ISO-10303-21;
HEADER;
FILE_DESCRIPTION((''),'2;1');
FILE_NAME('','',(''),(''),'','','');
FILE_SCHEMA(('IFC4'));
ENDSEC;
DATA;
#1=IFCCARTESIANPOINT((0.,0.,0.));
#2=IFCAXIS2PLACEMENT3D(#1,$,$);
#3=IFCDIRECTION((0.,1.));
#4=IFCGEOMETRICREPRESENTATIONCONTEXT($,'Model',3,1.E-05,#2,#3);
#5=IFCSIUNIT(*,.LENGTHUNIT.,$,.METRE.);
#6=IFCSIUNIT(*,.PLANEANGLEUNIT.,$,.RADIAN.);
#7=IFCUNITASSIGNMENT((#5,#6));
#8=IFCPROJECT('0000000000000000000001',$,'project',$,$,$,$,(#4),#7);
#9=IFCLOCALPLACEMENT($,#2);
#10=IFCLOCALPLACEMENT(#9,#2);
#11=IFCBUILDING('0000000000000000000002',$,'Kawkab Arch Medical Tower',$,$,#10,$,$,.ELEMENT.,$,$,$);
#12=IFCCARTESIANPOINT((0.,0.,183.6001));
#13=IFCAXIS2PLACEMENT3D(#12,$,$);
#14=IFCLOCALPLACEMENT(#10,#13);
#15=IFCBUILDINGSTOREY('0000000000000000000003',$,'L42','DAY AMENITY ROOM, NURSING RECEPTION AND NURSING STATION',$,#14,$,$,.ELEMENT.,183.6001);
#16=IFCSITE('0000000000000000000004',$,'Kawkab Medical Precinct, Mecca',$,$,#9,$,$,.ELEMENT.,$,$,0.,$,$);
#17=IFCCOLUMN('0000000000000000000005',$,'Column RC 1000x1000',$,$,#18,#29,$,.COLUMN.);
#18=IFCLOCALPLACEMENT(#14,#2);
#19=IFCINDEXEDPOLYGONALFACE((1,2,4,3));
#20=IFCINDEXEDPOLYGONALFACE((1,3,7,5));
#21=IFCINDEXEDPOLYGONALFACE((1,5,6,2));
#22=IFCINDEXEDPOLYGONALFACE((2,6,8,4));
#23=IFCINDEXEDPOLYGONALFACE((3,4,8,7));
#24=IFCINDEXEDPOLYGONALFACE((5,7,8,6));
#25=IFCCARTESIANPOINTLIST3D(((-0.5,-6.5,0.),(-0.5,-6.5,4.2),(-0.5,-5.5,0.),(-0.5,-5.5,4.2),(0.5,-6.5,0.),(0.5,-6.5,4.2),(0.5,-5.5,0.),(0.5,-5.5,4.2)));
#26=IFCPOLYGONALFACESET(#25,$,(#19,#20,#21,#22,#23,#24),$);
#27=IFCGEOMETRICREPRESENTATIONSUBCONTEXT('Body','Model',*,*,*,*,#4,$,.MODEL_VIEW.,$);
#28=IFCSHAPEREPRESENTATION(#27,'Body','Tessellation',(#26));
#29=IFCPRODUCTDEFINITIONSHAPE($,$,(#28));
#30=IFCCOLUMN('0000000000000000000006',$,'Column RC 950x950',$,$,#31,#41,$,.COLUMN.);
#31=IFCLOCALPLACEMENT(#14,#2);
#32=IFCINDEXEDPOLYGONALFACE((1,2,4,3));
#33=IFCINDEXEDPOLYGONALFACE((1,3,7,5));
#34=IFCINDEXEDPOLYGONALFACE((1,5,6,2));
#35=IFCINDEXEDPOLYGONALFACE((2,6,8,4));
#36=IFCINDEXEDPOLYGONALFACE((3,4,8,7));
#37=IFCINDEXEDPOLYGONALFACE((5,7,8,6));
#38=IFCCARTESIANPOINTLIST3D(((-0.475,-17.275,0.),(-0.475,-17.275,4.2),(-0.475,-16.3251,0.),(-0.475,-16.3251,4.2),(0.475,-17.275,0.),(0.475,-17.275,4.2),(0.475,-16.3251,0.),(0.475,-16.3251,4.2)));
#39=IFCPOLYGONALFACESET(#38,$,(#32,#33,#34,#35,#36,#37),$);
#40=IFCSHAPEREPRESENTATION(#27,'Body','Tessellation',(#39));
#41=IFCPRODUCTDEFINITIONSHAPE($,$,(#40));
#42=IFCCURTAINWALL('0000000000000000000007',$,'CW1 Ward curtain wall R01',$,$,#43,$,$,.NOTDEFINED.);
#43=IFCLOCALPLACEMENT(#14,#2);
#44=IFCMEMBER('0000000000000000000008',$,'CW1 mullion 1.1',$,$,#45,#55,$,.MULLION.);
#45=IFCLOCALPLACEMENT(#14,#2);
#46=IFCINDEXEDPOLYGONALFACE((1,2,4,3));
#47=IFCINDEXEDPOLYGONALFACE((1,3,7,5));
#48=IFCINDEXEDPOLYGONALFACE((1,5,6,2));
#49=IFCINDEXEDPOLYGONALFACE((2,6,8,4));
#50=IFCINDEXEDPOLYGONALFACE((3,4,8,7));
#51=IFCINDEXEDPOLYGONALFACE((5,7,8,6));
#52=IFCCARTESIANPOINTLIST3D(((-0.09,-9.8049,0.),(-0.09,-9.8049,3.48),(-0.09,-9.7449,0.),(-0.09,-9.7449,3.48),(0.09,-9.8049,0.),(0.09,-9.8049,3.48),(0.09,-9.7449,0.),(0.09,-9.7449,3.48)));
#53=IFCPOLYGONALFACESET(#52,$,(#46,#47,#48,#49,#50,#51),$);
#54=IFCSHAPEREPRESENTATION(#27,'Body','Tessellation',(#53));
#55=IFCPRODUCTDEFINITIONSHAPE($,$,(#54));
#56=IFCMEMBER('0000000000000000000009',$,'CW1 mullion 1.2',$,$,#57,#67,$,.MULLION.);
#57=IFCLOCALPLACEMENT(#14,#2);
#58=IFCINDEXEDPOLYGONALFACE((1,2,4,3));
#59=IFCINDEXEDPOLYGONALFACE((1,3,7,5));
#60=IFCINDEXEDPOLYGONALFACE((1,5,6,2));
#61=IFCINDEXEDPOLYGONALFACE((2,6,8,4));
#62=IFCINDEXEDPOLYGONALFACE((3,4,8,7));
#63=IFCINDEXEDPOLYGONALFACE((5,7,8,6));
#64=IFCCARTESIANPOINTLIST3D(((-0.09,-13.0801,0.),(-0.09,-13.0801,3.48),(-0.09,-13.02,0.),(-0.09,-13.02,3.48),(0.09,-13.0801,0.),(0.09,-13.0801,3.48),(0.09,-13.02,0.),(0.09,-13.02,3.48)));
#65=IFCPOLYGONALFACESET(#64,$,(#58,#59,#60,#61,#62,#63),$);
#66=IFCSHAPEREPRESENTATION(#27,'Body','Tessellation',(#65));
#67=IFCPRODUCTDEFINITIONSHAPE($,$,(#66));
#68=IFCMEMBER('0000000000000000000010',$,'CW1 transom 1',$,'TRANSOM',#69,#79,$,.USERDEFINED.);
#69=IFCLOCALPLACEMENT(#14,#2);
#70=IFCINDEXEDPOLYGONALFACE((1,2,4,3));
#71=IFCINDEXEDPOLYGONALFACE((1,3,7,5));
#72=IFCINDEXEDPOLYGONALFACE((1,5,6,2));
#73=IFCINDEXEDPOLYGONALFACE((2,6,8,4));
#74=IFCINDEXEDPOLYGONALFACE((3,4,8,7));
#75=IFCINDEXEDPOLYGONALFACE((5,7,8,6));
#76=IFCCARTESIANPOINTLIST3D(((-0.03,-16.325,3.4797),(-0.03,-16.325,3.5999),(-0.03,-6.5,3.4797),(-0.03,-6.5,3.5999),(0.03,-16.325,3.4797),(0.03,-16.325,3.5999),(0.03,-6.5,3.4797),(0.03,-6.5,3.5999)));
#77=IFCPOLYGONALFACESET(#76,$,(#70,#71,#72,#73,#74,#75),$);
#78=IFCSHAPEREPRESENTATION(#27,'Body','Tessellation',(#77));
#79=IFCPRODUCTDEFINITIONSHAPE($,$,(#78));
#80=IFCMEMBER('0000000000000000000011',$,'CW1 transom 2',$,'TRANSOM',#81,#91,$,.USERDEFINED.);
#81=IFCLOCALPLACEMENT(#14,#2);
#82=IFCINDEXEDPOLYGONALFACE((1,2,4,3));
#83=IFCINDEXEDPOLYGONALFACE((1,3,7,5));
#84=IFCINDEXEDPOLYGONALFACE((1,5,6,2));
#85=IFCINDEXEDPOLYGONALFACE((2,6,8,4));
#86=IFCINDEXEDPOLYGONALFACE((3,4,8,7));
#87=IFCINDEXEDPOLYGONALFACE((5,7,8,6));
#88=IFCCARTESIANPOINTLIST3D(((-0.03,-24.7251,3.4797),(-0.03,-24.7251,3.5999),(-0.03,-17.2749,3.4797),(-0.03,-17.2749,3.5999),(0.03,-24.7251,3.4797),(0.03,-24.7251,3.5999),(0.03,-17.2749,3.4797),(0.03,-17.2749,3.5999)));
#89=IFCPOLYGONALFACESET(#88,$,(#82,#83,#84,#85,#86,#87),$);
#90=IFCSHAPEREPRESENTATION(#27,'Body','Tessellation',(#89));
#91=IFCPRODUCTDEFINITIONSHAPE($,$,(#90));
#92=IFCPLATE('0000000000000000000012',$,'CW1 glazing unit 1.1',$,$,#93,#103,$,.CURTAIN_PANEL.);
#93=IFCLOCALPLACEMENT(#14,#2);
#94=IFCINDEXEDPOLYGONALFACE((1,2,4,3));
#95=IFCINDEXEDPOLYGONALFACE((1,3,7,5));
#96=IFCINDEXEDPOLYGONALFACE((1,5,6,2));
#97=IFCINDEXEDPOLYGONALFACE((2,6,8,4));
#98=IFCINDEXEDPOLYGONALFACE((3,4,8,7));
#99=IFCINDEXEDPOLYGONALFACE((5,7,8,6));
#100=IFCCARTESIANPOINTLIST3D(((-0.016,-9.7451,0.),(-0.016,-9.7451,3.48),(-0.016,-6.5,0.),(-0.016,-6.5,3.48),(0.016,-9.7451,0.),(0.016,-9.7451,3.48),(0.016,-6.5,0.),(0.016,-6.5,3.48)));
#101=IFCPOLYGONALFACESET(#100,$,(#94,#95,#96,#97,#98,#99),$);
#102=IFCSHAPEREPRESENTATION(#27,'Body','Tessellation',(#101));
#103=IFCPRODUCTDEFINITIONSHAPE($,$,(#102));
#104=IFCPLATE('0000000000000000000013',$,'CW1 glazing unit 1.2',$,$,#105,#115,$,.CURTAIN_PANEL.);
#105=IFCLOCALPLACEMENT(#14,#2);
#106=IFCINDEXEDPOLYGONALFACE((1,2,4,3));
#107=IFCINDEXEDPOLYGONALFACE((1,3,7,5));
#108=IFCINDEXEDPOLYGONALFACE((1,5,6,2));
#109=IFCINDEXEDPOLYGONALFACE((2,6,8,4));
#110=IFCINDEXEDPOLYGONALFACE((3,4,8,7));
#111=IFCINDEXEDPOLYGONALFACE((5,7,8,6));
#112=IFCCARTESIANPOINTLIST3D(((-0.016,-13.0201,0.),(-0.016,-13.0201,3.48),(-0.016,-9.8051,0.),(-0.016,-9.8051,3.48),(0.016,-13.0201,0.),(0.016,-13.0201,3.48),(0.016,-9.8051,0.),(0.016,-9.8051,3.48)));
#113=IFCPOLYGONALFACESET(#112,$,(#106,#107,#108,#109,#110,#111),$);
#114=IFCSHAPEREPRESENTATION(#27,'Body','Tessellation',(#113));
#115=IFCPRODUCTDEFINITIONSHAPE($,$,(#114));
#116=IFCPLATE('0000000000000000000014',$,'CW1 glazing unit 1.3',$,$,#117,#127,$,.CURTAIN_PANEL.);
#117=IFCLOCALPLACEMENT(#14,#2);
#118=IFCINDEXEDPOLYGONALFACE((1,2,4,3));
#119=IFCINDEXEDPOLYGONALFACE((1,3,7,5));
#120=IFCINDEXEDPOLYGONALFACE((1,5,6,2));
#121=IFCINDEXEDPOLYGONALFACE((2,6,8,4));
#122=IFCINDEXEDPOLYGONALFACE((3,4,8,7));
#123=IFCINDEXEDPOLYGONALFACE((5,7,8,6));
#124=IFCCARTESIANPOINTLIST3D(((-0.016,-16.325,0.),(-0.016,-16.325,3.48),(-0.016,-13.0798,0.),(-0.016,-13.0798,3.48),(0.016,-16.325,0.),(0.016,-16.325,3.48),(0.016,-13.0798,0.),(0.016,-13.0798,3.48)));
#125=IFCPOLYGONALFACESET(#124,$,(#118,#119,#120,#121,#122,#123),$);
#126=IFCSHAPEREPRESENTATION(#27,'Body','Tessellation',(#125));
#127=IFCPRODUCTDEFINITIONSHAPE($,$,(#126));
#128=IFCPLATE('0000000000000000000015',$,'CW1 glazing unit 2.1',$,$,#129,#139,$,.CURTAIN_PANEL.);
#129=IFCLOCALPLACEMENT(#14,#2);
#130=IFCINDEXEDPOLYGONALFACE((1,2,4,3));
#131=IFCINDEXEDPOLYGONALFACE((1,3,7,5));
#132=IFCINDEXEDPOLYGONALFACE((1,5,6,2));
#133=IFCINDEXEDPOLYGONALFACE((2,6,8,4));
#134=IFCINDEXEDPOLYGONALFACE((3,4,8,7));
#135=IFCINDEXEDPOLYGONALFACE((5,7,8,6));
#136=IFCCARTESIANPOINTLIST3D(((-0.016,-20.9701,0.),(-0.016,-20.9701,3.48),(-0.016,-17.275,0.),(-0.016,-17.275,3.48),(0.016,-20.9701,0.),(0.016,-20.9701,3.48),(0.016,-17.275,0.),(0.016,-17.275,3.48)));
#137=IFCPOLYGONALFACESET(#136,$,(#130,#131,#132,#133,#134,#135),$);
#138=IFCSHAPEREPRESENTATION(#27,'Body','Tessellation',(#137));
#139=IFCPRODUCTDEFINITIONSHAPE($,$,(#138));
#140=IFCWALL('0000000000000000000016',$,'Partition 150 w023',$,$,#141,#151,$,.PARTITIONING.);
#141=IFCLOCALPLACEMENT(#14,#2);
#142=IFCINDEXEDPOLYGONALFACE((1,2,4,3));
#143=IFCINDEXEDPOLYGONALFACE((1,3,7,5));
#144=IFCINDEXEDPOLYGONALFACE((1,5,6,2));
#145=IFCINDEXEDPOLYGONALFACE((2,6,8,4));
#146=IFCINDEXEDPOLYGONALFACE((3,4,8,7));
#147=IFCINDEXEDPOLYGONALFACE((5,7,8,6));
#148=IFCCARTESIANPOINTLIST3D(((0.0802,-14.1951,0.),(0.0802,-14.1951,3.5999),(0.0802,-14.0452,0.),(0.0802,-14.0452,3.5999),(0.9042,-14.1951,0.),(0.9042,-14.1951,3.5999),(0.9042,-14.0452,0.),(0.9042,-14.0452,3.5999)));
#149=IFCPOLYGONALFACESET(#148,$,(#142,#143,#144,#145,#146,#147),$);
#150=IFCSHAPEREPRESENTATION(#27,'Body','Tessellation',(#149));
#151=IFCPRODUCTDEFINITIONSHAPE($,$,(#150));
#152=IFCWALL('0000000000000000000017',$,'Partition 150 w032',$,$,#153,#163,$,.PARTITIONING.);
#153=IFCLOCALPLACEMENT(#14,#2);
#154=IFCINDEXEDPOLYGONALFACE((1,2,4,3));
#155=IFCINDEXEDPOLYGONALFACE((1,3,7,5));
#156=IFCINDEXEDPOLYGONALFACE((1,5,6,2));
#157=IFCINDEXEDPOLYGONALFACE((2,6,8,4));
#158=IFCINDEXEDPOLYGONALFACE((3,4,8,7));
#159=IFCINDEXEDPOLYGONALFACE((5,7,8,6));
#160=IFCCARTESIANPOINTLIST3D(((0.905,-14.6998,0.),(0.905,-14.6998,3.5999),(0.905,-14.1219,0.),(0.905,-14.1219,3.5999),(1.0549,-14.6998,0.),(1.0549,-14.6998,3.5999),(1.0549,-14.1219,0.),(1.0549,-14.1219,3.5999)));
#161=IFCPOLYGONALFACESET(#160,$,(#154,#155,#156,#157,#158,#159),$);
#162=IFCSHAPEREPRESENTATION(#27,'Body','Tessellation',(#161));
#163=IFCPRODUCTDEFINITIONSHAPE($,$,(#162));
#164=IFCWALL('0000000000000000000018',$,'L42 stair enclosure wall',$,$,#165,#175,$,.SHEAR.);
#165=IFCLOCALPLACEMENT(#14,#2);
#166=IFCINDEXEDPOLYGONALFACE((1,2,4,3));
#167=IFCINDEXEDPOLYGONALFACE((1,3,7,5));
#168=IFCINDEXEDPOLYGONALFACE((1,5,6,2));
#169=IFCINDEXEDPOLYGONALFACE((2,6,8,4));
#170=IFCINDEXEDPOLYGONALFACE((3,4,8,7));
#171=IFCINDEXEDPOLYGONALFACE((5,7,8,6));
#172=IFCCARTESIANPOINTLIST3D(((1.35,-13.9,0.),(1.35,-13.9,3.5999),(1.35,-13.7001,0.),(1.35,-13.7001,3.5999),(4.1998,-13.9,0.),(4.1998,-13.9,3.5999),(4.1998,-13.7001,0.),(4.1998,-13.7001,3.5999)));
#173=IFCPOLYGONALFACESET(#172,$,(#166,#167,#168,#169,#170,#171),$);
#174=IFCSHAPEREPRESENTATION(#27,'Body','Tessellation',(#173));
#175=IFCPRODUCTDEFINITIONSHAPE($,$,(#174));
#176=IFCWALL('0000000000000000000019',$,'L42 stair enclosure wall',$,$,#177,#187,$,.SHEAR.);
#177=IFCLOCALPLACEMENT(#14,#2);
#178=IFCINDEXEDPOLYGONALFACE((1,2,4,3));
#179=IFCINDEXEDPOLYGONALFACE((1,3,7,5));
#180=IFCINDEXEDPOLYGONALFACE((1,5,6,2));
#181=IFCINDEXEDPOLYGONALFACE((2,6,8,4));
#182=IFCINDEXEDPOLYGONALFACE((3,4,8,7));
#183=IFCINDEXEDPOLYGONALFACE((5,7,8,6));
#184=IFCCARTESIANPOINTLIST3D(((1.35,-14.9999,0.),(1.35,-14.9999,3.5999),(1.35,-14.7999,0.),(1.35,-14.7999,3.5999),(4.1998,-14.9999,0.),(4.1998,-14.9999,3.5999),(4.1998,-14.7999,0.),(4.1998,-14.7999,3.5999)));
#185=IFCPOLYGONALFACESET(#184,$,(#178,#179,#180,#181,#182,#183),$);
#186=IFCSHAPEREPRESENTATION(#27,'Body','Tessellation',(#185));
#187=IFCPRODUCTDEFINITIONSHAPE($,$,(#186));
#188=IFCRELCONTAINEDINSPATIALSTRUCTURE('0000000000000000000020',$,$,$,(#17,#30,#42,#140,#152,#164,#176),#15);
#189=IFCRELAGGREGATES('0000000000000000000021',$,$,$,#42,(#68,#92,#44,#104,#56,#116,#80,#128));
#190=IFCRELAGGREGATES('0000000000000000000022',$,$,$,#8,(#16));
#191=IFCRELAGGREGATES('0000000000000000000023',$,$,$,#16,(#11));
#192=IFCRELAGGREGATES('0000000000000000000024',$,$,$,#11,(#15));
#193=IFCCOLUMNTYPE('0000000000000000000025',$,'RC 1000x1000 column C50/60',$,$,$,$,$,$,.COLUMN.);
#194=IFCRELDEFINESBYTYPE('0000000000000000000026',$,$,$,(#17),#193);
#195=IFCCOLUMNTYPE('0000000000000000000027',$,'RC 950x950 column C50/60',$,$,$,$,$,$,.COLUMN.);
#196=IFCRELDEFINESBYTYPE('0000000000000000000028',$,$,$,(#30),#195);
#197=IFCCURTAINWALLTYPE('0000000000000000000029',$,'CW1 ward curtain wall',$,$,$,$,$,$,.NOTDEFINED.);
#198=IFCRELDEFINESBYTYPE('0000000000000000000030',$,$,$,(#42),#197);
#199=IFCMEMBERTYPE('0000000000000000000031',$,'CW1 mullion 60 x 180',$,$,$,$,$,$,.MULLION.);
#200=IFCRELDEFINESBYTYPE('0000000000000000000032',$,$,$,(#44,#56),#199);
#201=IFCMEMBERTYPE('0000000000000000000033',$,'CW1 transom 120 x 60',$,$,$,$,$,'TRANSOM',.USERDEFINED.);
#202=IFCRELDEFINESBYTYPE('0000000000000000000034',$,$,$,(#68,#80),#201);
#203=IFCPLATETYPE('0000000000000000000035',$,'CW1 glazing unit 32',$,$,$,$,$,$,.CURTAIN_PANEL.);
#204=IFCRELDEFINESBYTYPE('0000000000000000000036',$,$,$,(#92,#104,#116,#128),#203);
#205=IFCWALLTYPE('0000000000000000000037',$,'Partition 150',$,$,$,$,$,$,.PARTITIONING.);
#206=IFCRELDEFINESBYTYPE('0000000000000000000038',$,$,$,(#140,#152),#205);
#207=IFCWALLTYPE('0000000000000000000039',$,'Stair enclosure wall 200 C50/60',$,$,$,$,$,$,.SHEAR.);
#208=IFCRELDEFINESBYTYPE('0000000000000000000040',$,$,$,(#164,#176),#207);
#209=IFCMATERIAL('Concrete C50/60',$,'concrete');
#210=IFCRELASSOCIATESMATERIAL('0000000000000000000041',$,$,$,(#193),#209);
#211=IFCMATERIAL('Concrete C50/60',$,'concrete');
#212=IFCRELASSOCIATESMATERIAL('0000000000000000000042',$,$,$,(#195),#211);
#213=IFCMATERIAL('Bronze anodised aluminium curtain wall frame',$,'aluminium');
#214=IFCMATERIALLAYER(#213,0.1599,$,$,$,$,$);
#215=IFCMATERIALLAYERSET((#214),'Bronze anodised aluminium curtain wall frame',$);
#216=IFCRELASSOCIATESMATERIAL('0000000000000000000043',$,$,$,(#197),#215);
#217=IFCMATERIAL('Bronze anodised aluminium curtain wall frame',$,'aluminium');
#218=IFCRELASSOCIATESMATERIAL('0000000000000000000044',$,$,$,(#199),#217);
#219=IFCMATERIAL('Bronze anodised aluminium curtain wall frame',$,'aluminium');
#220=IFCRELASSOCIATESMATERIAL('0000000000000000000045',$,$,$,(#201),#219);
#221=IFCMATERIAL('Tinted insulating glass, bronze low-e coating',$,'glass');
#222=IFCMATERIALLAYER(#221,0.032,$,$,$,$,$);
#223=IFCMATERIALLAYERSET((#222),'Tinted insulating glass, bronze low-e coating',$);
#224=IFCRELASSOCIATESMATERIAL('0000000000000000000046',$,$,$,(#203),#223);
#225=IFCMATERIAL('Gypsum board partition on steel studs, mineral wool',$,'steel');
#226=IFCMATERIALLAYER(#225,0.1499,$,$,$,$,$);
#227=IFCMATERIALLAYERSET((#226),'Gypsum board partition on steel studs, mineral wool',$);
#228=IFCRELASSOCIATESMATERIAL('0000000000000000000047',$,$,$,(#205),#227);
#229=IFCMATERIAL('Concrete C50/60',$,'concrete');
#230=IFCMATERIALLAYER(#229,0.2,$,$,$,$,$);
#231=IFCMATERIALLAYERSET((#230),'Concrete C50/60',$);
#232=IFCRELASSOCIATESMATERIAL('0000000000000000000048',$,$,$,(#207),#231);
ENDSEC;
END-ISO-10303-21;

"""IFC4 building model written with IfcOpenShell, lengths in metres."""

from ifc_helpers import new_model, si_unit, direction, frame, frame_2d, origin, origin_2d, place, context, subcontext, project, spatial, rectangle, extrude, material, layer, layer_set, material_profile, profile_set, type_object, element, aggregate, save


model = new_model("IFC4")

# Units and contexts
model_context = context("Model", 3, precision=1e-05, world=origin(), true_north=direction((0.0, 1.0)))
body_context = subcontext(model_context, "Body", "Model", "MODEL_VIEW")
ifc_project = project(units=[si_unit("LENGTHUNIT", "METRE"), si_unit("PLANEANGLEUNIT", "RADIAN")], contexts=[model_context])

# Site, building, storey
site_placement = place(None, origin())
site = spatial("IfcSite", under=ifc_project, at=site_placement, Name="Kawkab Medical Precinct, Mecca", CompositionType="ELEMENT", RefElevation=0.0)
building_placement = place(site_placement, origin())
building = spatial("IfcBuilding", under=site, at=building_placement, Name="Kawkab Arch Medical Tower", CompositionType="ELEMENT")
storey_placement = place(building_placement, frame((0.0, 0.0, 183.6001)))
storey = spatial("IfcBuildingStorey", under=building, at=storey_placement, Name="L42", Description="DAY AMENITY ROOM, NURSING RECEPTION AND NURSING STATION", CompositionType="ELEMENT", Elevation=183.6001)

# Columns
ifc_material_1 = material(Name="Concrete C50/60", Category="concrete")
ifc_material_profile_1 = material_profile(ifc_material_1, rectangle(XDim=1.0, YDim=1.0, at=origin_2d()), Name="RC 1000x1000")
ifc_profile_set_1 = profile_set([ifc_material_profile_1], Name="Concrete C50/60")
column_type_1 = type_object("IfcColumnType", Name="RC 1000x1000 column C50/60", PredefinedType="COLUMN", material=ifc_profile_set_1)
column_1_placement = place(storey_placement, frame((0.0, -6.0, 0.0), z_axis=(0.0, 0.0, 1.0), x_axis=(1.0, 0.0, 0.0)))
element("IfcColumn", 1, at=column_1_placement, inside=storey, type_object=column_type_1, Name="Column RC 1000x1000", PredefinedType="COLUMN", context=body_context, shape_type="SweptSolid", body=[
    extrude(rectangle(XDim=1.0, YDim=1.0, at=origin_2d()), origin(), (0.0, 0.0, 1.0), 4.2),
])
ifc_material_2 = material(Name="Concrete C50/60", Category="concrete")
ifc_material_profile_2 = material_profile(ifc_material_2, rectangle(XDim=0.95, YDim=0.95, at=origin_2d()), Name="RC 950x950")
ifc_profile_set_2 = profile_set([ifc_material_profile_2], Name="Concrete C50/60")
column_type_2 = type_object("IfcColumnType", Name="RC 950x950 column C50/60", PredefinedType="COLUMN", material=ifc_profile_set_2)
column_2_placement = place(storey_placement, frame((0.0, -16.8, 0.0), z_axis=(0.0, 0.0, 1.0), x_axis=(1.0, 0.0, 0.0)))
element("IfcColumn", 2, at=column_2_placement, inside=storey, type_object=column_type_2, Name="Column RC 950x950", PredefinedType="COLUMN", context=body_context, shape_type="SweptSolid", body=[
    extrude(rectangle(XDim=0.95, YDim=0.95, at=origin_2d()), origin(), (0.0, 0.0, 1.0), 4.2),
])

# Curtain wall, members, plates
ifc_material_3 = material(Name="Bronze anodised aluminium curtain wall frame", Category="aluminium")
ifc_layer_1 = layer(ifc_material_3, 0.1599)
ifc_layer_set_1 = layer_set([ifc_layer_1], Name="Bronze anodised aluminium curtain wall frame")
curtain_wall_type = type_object("IfcCurtainWallType", Name="CW1 ward curtain wall", PredefinedType="NOTDEFINED", material=ifc_layer_set_1)
placement = place(storey_placement, origin())
curtain_wall = element("IfcCurtainWall", 3, at=placement, inside=storey, type_object=curtain_wall_type, Name="CW1 Ward curtain wall R01", PredefinedType="NOTDEFINED")
ifc_material_4 = material(Name="Bronze anodised aluminium curtain wall frame", Category="aluminium")
ifc_material_profile_3 = material_profile(ifc_material_4, rectangle(XDim=0.1799, YDim=0.0601, at=origin_2d()), Name="AL 60x180")
ifc_profile_set_3 = profile_set([ifc_material_profile_3], Name="Bronze anodised aluminium curtain wall frame")
member_type_1 = type_object("IfcMemberType", Name="CW1 mullion 60 x 180", PredefinedType="MULLION", material=ifc_profile_set_3)
member_1_placement = place(storey_placement, frame((0.0, -9.7749, 0.0), z_axis=(0.0, 0.0, 1.0), x_axis=(1.0, 0.0, 0.0)))
member_1 = element("IfcMember", 4, at=member_1_placement, type_object=member_type_1, Name="CW1 mullion 1.1", PredefinedType="MULLION", context=body_context, shape_type="SweptSolid", body=[
    extrude(rectangle(XDim=0.1799, YDim=0.0601, at=origin_2d()), origin(), (0.0, 0.0, 1.0), 3.48),
])
member_2_placement = place(storey_placement, frame((0.0, -13.05, 0.0), z_axis=(0.0, 0.0, 1.0), x_axis=(1.0, 0.0, 0.0)))
member_2 = element("IfcMember", 5, at=member_2_placement, type_object=member_type_1, Name="CW1 mullion 1.2", PredefinedType="MULLION", context=body_context, shape_type="SweptSolid", body=[
    extrude(rectangle(XDim=0.1799, YDim=0.0601, at=origin_2d()), origin(), (0.0, 0.0, 1.0), 3.48),
])
ifc_material_5 = material(Name="Bronze anodised aluminium curtain wall frame", Category="aluminium")
ifc_material_profile_4 = material_profile(ifc_material_5, rectangle(XDim=0.0601, YDim=0.1201, at=origin_2d()), Name="AL 60x120")
ifc_profile_set_4 = profile_set([ifc_material_profile_4], Name="Bronze anodised aluminium curtain wall frame")
member_type_2 = type_object("IfcMemberType", Name="CW1 transom 120 x 60", ElementType="TRANSOM", PredefinedType="USERDEFINED", material=ifc_profile_set_4)
member_3_placement = place(storey_placement, frame((0.0, -6.5, 3.5398), z_axis=(0.0, -1.0, 0.0), x_axis=(1.0, 0.0, 0.0)))
member_3 = element("IfcMember", 6, at=member_3_placement, type_object=member_type_2, Name="CW1 transom 1", ObjectType="TRANSOM", PredefinedType="USERDEFINED", context=body_context, shape_type="SweptSolid", body=[
    extrude(rectangle(XDim=0.0601, YDim=0.1201, at=origin_2d()), origin(), (0.0, 0.0, 1.0), 9.825),
])
member_4_placement = place(storey_placement, frame((0.0, -17.2749, 3.5398), z_axis=(0.0, -1.0, 0.0), x_axis=(1.0, 0.0, 0.0)))
member_4 = element("IfcMember", 7, at=member_4_placement, type_object=member_type_2, Name="CW1 transom 2", ObjectType="TRANSOM", PredefinedType="USERDEFINED", context=body_context, shape_type="SweptSolid", body=[
    extrude(rectangle(XDim=0.0601, YDim=0.1201, at=origin_2d()), origin(), (0.0, 0.0, 1.0), 7.4502),
])
ifc_material_6 = material(Name="Tinted insulating glass, bronze low-e coating", Category="glass")
ifc_layer_2 = layer(ifc_material_6, 0.032)
ifc_layer_set_2 = layer_set([ifc_layer_2], Name="Tinted insulating glass, bronze low-e coating")
plate_type = type_object("IfcPlateType", Name="CW1 glazing unit 32", PredefinedType="CURTAIN_PANEL", material=ifc_layer_set_2)
plate_1_placement = place(storey_placement, frame((0.0, -8.1226, 0.0), z_axis=(0.0, 0.0, 1.0), x_axis=(0.0, -1.0, 0.0)))
plate_1 = element("IfcPlate", 8, at=plate_1_placement, type_object=plate_type, Name="CW1 glazing unit 1.1", PredefinedType="CURTAIN_PANEL", context=body_context, shape_type="SweptSolid", body=[
    extrude(rectangle(XDim=3.2451, YDim=0.032, at=origin_2d()), origin(), (0.0, 0.0, 1.0), 3.48),
])
plate_2_placement = place(storey_placement, frame((0.0, -11.4126, 0.0), z_axis=(0.0, 0.0, 1.0), x_axis=(0.0, -1.0, 0.0)))
plate_2 = element("IfcPlate", 9, at=plate_2_placement, type_object=plate_type, Name="CW1 glazing unit 1.2", PredefinedType="CURTAIN_PANEL", context=body_context, shape_type="SweptSolid", body=[
    extrude(rectangle(XDim=3.2151, YDim=0.032, at=origin_2d()), origin(), (0.0, 0.0, 1.0), 3.48),
])
plate_3_placement = place(storey_placement, frame((0.0, -14.7024, 0.0), z_axis=(0.0, 0.0, 1.0), x_axis=(0.0, -1.0, 0.0)))
plate_3 = element("IfcPlate", 10, at=plate_3_placement, type_object=plate_type, Name="CW1 glazing unit 1.3", PredefinedType="CURTAIN_PANEL", context=body_context, shape_type="SweptSolid", body=[
    extrude(rectangle(XDim=3.2451, YDim=0.032, at=origin_2d()), origin(), (0.0, 0.0, 1.0), 3.48),
])
plate_4_placement = place(storey_placement, frame((0.0, -19.1226, 0.0), z_axis=(0.0, 0.0, 1.0), x_axis=(0.0, -1.0, 0.0)))
plate_4 = element("IfcPlate", 11, at=plate_4_placement, type_object=plate_type, Name="CW1 glazing unit 2.1", PredefinedType="CURTAIN_PANEL", context=body_context, shape_type="SweptSolid", body=[
    extrude(rectangle(XDim=3.6951, YDim=0.032, at=origin_2d()), origin(), (0.0, 0.0, 1.0), 3.48),
])
aggregate(curtain_wall, [member_3, plate_1, member_1, plate_2, member_2, plate_3, member_4, plate_4])

# Walls
ifc_material_7 = material(Name="Gypsum board partition on steel studs, mineral wool", Category="steel")
ifc_layer_3 = layer(ifc_material_7, 0.1499)
ifc_layer_set_3 = layer_set([ifc_layer_3], Name="Gypsum board partition on steel studs, mineral wool")
wall_type_1 = type_object("IfcWallType", Name="Partition 150", PredefinedType="PARTITIONING", material=ifc_layer_set_3)
wall_1_placement = place(storey_placement, frame((0.0801, -14.1201, 0.0), z_axis=(0.0, 0.0, 1.0), x_axis=(1.0, 0.0, 0.0)))
element("IfcWall", 12, at=wall_1_placement, inside=storey, type_object=wall_type_1, Name="Partition 150 w023", PredefinedType="PARTITIONING", context=body_context, shape_type="SweptSolid", body=[
    extrude(rectangle(XDim=0.824, YDim=0.1499, at=frame_2d((0.4121, 0.0))), origin(), (0.0, 0.0, 1.0), 3.5999),
])
wall_2_placement = place(storey_placement, frame((0.98, -14.7, 0.0), z_axis=(0.0, 0.0, 1.0), x_axis=(0.0, 1.0, 0.0)))
element("IfcWall", 13, at=wall_2_placement, inside=storey, type_object=wall_type_1, Name="Partition 150 w032", PredefinedType="PARTITIONING", context=body_context, shape_type="SweptSolid", body=[
    extrude(rectangle(XDim=0.5779, YDim=0.1499, at=frame_2d((0.2891, 0.0))), origin(), (0.0, 0.0, 1.0), 3.5999),
])
ifc_material_8 = material(Name="Concrete C50/60", Category="concrete")
ifc_layer_4 = layer(ifc_material_8, 0.2)
ifc_layer_set_4 = layer_set([ifc_layer_4], Name="Concrete C50/60")
wall_type_2 = type_object("IfcWallType", Name="Stair enclosure wall 200 C50/60", PredefinedType="SHEAR", material=ifc_layer_set_4)
for number, where, z_axis, x_axis, name in (
    (14, (1.3501, -13.8, 0.0), (0.0, 0.0, 1.0), (1.0, 0.0, 0.0), "L42 stair enclosure wall"),
    (15, (1.3501, -14.8999, 0.0), (0.0, 0.0, 1.0), (1.0, 0.0, 0.0), "L42 stair enclosure wall"),
):
    element("IfcWall", number, at=place(storey_placement, frame(where, z_axis=z_axis, x_axis=x_axis)), inside=storey, type_object=wall_type_2, Name=name, PredefinedType="SHEAR", context=body_context, shape_type="SweptSolid", body=[
        extrude(rectangle(XDim=2.8499, YDim=0.2, at=frame_2d((1.4248, 0.0))), origin(), (0.0, 0.0, 1.0), 3.5999),
    ])

save(model, "model.ifc")
